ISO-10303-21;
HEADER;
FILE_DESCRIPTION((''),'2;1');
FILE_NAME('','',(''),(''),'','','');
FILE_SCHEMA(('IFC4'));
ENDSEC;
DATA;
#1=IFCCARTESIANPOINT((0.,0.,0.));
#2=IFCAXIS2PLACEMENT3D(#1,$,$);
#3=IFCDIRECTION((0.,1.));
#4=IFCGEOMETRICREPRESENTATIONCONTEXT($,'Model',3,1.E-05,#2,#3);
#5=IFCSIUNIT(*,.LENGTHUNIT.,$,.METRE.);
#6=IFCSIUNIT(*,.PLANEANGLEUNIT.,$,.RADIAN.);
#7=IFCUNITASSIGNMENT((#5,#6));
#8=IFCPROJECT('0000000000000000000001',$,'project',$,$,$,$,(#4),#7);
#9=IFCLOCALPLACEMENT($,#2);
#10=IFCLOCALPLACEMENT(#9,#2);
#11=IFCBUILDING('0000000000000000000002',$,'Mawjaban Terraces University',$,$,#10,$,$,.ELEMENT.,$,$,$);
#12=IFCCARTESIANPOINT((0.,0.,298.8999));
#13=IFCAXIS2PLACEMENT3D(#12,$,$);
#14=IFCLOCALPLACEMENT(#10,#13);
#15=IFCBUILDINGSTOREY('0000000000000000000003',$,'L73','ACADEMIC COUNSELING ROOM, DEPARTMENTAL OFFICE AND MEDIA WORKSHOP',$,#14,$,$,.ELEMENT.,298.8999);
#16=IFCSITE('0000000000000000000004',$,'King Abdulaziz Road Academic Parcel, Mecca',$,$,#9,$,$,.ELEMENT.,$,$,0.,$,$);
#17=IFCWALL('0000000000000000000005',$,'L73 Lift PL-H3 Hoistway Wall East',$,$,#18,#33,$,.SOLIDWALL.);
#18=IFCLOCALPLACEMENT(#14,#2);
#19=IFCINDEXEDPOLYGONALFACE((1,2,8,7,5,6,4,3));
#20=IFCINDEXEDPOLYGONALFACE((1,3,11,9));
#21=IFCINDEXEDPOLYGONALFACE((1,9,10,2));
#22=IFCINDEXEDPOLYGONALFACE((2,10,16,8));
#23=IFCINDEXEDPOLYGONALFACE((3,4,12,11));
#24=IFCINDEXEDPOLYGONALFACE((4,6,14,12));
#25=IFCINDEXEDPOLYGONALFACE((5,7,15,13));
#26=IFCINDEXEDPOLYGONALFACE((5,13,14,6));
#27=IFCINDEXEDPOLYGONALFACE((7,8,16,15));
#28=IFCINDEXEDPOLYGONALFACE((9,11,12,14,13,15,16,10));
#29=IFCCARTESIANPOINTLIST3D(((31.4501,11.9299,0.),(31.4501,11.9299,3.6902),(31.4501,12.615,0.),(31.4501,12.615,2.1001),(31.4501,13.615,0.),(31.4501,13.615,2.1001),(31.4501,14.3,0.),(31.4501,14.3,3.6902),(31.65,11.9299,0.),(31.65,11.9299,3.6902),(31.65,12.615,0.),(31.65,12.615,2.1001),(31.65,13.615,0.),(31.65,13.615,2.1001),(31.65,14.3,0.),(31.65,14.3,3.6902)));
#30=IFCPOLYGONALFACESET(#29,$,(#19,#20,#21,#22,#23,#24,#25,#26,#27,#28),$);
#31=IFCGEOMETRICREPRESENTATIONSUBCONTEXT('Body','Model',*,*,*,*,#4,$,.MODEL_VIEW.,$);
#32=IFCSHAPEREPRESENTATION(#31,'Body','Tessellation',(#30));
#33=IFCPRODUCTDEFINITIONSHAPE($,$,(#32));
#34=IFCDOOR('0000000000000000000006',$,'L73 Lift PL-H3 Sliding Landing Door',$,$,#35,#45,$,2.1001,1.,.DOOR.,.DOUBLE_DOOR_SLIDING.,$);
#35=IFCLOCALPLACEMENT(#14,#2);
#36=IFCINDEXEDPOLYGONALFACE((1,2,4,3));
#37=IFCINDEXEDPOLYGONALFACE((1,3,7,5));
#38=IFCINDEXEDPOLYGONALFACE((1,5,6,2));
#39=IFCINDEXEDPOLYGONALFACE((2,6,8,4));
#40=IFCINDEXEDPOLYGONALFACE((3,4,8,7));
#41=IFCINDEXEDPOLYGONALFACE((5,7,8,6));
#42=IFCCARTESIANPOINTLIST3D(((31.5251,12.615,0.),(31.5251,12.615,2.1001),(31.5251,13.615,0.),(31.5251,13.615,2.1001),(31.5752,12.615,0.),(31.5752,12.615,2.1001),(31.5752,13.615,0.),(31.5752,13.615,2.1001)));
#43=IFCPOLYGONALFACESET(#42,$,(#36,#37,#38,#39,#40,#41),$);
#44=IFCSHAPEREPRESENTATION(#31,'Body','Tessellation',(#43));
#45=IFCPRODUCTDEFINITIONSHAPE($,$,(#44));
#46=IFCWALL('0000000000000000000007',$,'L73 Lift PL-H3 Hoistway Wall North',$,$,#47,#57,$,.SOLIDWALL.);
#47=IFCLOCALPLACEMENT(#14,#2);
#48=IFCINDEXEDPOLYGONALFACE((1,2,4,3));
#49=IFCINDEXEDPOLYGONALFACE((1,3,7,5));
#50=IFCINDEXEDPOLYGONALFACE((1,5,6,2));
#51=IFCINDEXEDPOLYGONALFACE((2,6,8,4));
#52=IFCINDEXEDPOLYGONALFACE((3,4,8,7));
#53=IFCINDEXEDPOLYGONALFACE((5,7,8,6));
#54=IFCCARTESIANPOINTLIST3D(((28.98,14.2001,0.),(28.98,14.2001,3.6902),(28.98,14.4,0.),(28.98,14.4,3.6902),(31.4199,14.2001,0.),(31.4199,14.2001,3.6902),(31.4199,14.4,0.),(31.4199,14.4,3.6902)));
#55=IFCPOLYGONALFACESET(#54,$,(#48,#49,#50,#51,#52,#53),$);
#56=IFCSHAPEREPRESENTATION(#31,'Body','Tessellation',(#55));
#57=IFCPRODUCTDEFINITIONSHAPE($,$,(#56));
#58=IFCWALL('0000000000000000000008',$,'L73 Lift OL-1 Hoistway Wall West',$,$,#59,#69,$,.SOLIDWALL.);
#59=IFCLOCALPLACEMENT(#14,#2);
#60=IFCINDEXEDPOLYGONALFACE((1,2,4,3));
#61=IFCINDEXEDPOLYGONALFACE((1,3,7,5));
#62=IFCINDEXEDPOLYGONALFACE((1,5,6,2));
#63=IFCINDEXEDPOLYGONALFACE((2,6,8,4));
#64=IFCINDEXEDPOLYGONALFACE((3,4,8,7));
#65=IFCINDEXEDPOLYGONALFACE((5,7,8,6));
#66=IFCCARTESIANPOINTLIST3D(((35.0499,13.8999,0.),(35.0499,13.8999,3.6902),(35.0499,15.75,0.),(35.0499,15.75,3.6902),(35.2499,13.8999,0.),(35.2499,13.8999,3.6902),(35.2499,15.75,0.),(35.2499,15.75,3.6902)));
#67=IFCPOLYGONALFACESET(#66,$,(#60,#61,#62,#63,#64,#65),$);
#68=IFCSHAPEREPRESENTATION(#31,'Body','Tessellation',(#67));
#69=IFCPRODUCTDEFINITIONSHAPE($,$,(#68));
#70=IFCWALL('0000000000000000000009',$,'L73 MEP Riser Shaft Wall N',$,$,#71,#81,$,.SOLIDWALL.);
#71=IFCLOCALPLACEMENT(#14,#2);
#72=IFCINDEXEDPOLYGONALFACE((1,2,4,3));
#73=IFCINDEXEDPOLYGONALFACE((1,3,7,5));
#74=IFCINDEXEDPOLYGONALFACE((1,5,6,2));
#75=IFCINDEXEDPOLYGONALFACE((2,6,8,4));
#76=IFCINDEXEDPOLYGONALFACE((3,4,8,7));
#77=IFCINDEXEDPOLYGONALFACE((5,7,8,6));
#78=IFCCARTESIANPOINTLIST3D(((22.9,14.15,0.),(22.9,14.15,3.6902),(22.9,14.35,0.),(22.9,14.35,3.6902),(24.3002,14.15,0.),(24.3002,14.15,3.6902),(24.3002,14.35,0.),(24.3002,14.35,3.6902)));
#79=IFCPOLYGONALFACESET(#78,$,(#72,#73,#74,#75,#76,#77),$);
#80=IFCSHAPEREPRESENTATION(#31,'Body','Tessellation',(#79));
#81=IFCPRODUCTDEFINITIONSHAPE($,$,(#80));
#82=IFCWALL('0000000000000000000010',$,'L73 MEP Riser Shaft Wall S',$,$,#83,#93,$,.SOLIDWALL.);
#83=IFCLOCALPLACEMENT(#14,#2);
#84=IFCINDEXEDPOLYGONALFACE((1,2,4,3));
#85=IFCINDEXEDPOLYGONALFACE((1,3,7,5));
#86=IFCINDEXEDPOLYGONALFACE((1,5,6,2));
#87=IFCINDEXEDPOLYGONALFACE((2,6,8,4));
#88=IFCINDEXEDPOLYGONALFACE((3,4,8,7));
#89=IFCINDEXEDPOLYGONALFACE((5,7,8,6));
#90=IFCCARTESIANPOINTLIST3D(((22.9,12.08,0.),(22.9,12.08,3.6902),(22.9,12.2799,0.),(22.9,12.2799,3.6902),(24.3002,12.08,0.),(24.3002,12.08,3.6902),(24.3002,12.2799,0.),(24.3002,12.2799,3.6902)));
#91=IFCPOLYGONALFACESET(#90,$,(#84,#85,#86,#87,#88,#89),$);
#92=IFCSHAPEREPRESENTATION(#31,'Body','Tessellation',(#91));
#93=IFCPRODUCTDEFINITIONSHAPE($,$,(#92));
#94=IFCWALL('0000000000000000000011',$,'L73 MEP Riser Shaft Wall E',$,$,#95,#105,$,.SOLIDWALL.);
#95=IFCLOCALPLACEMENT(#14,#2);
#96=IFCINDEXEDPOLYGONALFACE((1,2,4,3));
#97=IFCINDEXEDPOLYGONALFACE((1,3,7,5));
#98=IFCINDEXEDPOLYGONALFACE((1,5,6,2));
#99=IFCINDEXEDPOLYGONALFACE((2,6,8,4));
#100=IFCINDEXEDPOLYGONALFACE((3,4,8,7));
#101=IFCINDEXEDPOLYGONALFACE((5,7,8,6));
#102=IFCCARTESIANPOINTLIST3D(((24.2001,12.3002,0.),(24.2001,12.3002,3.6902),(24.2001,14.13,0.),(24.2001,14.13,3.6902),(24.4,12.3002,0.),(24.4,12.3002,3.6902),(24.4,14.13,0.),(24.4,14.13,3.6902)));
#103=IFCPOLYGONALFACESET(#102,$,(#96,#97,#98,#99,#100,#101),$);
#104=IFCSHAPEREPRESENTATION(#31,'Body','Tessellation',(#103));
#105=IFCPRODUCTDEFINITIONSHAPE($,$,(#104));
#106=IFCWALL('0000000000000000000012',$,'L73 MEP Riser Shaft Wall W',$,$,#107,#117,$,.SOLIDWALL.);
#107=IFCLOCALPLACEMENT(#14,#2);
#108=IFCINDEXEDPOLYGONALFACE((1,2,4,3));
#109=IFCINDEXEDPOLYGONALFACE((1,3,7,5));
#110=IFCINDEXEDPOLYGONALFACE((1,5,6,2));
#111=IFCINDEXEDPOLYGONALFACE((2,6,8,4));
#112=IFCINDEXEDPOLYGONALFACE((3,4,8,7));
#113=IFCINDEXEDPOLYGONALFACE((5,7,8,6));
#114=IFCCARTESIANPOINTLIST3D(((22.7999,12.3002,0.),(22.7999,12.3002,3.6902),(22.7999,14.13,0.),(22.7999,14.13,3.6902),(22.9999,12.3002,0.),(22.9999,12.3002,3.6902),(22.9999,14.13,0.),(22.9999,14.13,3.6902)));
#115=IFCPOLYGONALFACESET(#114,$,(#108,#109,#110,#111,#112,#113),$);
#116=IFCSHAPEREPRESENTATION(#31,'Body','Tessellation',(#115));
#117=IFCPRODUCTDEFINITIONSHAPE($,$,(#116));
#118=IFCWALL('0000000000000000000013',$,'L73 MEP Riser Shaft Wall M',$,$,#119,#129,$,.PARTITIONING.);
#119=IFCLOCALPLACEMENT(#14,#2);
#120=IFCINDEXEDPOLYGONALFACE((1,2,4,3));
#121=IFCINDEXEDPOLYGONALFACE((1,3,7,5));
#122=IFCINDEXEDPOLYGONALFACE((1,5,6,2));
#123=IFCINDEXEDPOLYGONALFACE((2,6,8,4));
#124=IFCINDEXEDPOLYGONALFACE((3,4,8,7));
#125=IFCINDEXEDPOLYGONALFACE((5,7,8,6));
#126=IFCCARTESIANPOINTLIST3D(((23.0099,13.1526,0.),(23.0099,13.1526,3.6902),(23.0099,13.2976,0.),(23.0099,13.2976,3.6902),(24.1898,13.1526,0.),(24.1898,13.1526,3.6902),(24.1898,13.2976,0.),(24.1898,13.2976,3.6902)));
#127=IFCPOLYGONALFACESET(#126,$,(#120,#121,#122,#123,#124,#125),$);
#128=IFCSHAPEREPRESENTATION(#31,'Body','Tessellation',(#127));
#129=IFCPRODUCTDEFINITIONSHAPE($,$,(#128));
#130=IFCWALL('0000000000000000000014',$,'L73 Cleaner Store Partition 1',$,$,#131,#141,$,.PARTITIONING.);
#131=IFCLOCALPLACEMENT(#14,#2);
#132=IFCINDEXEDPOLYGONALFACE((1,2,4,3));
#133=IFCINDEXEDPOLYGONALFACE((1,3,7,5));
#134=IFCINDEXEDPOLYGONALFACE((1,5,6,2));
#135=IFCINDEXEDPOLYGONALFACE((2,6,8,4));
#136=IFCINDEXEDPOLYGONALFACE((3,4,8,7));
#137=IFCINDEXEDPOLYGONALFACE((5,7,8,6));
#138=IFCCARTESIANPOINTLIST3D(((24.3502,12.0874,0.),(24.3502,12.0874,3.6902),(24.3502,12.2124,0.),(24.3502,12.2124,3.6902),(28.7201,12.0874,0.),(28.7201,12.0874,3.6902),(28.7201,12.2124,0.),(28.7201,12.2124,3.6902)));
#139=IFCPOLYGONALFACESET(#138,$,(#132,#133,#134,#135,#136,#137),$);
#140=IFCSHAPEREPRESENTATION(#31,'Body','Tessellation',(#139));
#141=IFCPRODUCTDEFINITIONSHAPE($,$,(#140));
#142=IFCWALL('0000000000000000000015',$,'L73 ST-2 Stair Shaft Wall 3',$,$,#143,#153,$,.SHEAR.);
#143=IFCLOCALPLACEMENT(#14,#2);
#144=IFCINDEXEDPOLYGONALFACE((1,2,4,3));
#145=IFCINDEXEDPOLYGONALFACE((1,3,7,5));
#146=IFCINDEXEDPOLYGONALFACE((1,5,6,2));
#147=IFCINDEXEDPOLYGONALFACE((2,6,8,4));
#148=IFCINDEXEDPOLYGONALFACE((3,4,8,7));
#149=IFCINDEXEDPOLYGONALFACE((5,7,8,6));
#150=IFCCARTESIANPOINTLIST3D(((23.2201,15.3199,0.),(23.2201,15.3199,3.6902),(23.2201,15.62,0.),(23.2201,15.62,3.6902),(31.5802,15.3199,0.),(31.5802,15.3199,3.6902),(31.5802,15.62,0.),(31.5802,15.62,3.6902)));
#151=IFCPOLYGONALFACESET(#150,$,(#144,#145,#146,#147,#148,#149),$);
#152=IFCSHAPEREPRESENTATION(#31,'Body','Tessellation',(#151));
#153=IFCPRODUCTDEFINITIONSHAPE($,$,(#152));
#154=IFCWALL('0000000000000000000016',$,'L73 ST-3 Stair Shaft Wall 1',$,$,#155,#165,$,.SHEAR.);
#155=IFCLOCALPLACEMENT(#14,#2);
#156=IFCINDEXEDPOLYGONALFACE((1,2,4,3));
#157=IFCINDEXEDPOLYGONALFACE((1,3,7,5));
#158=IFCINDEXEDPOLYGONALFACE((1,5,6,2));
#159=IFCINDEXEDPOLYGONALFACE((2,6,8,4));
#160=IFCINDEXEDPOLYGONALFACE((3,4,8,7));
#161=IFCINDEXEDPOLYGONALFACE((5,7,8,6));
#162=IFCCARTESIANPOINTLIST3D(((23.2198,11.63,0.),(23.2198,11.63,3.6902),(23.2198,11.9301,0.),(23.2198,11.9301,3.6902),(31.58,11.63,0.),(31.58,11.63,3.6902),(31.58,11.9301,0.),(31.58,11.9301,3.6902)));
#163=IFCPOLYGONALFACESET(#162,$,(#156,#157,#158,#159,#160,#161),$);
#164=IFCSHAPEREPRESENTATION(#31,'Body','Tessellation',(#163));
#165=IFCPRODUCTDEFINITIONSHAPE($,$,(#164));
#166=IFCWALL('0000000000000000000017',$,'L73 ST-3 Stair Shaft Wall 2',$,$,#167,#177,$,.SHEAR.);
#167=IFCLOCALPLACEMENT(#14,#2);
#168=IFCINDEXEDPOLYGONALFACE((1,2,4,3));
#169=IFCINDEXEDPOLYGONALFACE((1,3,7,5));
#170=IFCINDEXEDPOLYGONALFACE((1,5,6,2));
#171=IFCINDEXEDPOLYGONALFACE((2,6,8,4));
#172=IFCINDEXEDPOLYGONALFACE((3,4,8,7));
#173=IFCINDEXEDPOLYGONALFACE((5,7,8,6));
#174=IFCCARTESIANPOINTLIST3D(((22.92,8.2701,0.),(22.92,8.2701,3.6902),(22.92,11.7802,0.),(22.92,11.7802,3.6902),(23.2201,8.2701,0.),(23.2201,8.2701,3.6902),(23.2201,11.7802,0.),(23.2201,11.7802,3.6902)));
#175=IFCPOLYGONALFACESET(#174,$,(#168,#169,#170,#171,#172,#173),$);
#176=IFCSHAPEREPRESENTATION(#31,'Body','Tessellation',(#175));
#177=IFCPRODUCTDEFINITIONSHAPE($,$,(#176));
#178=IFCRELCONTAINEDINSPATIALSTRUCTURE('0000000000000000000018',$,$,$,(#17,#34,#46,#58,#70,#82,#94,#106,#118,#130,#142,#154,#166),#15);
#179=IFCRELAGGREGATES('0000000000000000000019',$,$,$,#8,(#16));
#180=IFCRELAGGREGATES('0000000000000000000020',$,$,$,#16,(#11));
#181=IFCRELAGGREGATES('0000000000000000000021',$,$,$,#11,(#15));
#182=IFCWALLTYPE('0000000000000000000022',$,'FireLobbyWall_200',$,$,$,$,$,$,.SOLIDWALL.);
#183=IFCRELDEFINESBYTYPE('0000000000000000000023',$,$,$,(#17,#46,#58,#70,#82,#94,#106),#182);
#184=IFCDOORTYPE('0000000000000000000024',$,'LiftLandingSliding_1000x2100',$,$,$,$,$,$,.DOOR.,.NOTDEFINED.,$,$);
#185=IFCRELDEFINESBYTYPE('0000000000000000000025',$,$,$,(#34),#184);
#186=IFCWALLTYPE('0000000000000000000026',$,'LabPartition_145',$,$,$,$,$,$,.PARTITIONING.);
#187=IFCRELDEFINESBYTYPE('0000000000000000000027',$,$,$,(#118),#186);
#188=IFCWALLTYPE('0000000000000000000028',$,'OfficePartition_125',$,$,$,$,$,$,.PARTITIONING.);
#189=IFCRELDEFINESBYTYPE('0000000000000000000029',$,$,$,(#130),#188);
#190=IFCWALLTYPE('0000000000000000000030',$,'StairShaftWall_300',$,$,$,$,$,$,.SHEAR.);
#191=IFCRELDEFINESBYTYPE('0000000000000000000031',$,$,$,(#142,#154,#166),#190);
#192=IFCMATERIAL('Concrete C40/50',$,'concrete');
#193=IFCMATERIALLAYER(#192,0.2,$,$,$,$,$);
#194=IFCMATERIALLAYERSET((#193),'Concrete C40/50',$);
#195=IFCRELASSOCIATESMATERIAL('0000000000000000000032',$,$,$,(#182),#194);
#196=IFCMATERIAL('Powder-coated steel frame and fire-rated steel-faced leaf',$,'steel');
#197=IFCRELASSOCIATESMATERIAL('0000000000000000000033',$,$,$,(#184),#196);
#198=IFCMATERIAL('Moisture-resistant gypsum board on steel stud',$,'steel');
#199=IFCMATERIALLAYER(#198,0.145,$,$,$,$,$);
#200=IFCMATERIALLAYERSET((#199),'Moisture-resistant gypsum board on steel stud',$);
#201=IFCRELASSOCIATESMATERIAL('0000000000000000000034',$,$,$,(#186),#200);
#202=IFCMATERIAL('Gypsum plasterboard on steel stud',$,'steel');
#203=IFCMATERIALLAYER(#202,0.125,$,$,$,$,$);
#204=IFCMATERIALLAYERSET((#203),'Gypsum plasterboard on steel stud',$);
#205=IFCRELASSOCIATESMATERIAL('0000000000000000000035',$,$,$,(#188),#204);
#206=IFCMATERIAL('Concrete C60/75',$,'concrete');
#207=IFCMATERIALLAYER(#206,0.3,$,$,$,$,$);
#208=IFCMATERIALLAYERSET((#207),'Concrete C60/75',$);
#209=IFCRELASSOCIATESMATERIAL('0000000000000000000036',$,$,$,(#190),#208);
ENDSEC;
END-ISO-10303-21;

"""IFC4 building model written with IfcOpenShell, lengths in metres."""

from ifc_helpers import new_model, si_unit, direction, frame, frame_2d, origin, place, context, subcontext, project, spatial, rectangle, extrude, material, layer, layer_set, type_object, element, fill, save


model = new_model("IFC4")

# Units and contexts
model_context = context("Model", 3, precision=1e-05, world=origin(), true_north=direction((0.0, 1.0)))
body_context = subcontext(model_context, "Body", "Model", "MODEL_VIEW")
ifc_project = project(units=[si_unit("LENGTHUNIT", "METRE"), si_unit("PLANEANGLEUNIT", "RADIAN")], contexts=[model_context])

# Site, building, storey
site_placement = place(None, origin())
site = spatial("IfcSite", under=ifc_project, at=site_placement, Name="King Abdulaziz Road Academic Parcel, Mecca", CompositionType="ELEMENT", RefElevation=0.0)
building_placement = place(site_placement, origin())
building = spatial("IfcBuilding", under=site, at=building_placement, Name="Mawjaban Terraces University", CompositionType="ELEMENT")
storey_placement = place(building_placement, frame((0.0, 0.0, 298.8999)))
storey = spatial("IfcBuildingStorey", under=building, at=storey_placement, Name="L73", Description="ACADEMIC COUNSELING ROOM, DEPARTMENTAL OFFICE AND MEDIA WORKSHOP", CompositionType="ELEMENT", Elevation=298.8999)

# Shared definitions
ifc_material_1 = material(Name="Concrete C40/50", Category="concrete")
ifc_layer_1 = layer(ifc_material_1, 0.2)
ifc_layer_set_1 = layer_set([ifc_layer_1], Name="Concrete C40/50")
wall_type_1 = type_object("IfcWallType", Name="FireLobbyWall_200", PredefinedType="SOLIDWALL", material=ifc_layer_set_1)
ifc_material_2 = material(Name="Powder-coated steel frame and fire-rated steel-faced leaf", Category="steel")
door_type_1 = type_object("IfcDoorType", Name="LiftLandingSliding_1000x2100", OperationType="NOTDEFINED", PredefinedType="DOOR", material=ifc_material_2)

# Wall, opening, door
wall_1_placement = place(storey_placement, frame((31.55, 11.9299, 0.0), z_axis=(0.0, 0.0, 1.0), x_axis=(0.0, 1.0, 0.0)))
wall_1 = element("IfcWall", 1, at=wall_1_placement, inside=storey, type_object=wall_type_1, Name="L73 Lift PL-H3 Hoistway Wall East", PredefinedType="SOLIDWALL", context=body_context, shape_type="SweptSolid", body=[
    extrude(rectangle(XDim=2.3701, YDim=0.2, at=frame_2d((1.1851, 0.0))), origin(), (0.0, 0.0, 1.0), 3.6902),
])
opening_1_placement = place(wall_1_placement, frame((0.6851, 0.0, 0.0)))
opening_1 = element("IfcOpeningElement", 2, at=opening_1_placement, cuts=wall_1, PredefinedType="OPENING", context=body_context, shape_type="SweptSolid", body=[
    extrude(rectangle(XDim=1.0, YDim=2.1001, at=frame_2d((0.5, 1.05))), frame((0.0, 0.1099, 0.0), z_axis=(0.0, -1.0, 0.0), x_axis=(1.0, 0.0, 0.0)), (0.0, 0.0, 1.0), 0.22),
])
door_1_placement = place(opening_1_placement, origin())
door_1 = element("IfcDoor", 3, at=door_1_placement, inside=storey, type_object=door_type_1, Name="L73 Lift PL-H3 Sliding Landing Door", OperationType="DOUBLE_DOOR_SLIDING", OverallHeight=2.1001, OverallWidth=1.0, PredefinedType="DOOR", context=body_context, shape_type="SweptSolid", body=[
    extrude(rectangle(XDim=1.0, YDim=2.1001, at=frame_2d((0.5, 1.05))), frame((0.0, 0.0249, 0.0), z_axis=(0.0, -1.0, 0.0), x_axis=(1.0, 0.0, 0.0)), (0.0, 0.0, 1.0), 0.05),
])
fill(opening_1, door_1)

# Walls
wall_2_placement = place(storey_placement, frame((31.4199, 14.3, 0.0), z_axis=(0.0, 0.0, 1.0), x_axis=(-1.0, 0.0, 0.0)))
element("IfcWall", 4, at=wall_2_placement, inside=storey, type_object=wall_type_1, Name="L73 Lift PL-H3 Hoistway Wall North", PredefinedType="SOLIDWALL", context=body_context, shape_type="SweptSolid", body=[
    extrude(rectangle(XDim=2.4399, YDim=0.2, at=frame_2d((1.22, 0.0))), origin(), (0.0, 0.0, 1.0), 3.6902),
])
wall_3_placement = place(storey_placement, frame((35.1499, 15.75, 0.0), z_axis=(0.0, 0.0, 1.0), x_axis=(0.0, -1.0, 0.0)))
element("IfcWall", 5, at=wall_3_placement, inside=storey, type_object=wall_type_1, Name="L73 Lift OL-1 Hoistway Wall West", PredefinedType="SOLIDWALL", context=body_context, shape_type="SweptSolid", body=[
    extrude(rectangle(XDim=1.8501, YDim=0.2, at=frame_2d((0.925, 0.0))), origin(), (0.0, 0.0, 1.0), 3.6902),
])
for number, where, z_axis, x_axis, name in (
    (6, (22.8999, 14.25, 0.0), (0.0, 0.0, 1.0), (1.0, 0.0, 0.0), "L73 MEP Riser Shaft Wall N"),
    (7, (22.8999, 12.1799, 0.0), (0.0, 0.0, 1.0), (1.0, 0.0, 0.0), "L73 MEP Riser Shaft Wall S"),
):
    element("IfcWall", number, at=place(storey_placement, frame(where, z_axis=z_axis, x_axis=x_axis)), inside=storey, type_object=wall_type_1, Name=name, PredefinedType="SOLIDWALL", context=body_context, shape_type="SweptSolid", body=[
        extrude(rectangle(XDim=1.4001, YDim=0.2, at=frame_2d((0.7002, 0.0))), origin(), (0.0, 0.0, 1.0), 3.6902),
    ])
for number, where, z_axis, x_axis, name in (
    (8, (24.3, 12.3, 0.0), (0.0, 0.0, 1.0), (0.0, 1.0, 0.0), "L73 MEP Riser Shaft Wall E"),
    (9, (22.8999, 12.3, 0.0), (0.0, 0.0, 1.0), (0.0, 1.0, 0.0), "L73 MEP Riser Shaft Wall W"),
):
    element("IfcWall", number, at=place(storey_placement, frame(where, z_axis=z_axis, x_axis=x_axis)), inside=storey, type_object=wall_type_1, Name=name, PredefinedType="SOLIDWALL", context=body_context, shape_type="SweptSolid", body=[
        extrude(rectangle(XDim=1.8298, YDim=0.2, at=frame_2d((0.915, 0.0))), origin(), (0.0, 0.0, 1.0), 3.6902),
    ])
ifc_material_3 = material(Name="Moisture-resistant gypsum board on steel stud", Category="steel")
ifc_layer_2 = layer(ifc_material_3, 0.145)
ifc_layer_set_2 = layer_set([ifc_layer_2], Name="Moisture-resistant gypsum board on steel stud")
wall_type_2 = type_object("IfcWallType", Name="LabPartition_145", PredefinedType="PARTITIONING", material=ifc_layer_set_2)
wall_4_placement = place(storey_placement, frame((23.01, 13.2251, 0.0), z_axis=(0.0, 0.0, 1.0), x_axis=(1.0, 0.0, 0.0)))
element("IfcWall", 10, at=wall_4_placement, inside=storey, type_object=wall_type_2, Name="L73 MEP Riser Shaft Wall M", PredefinedType="PARTITIONING", context=body_context, shape_type="SweptSolid", body=[
    extrude(rectangle(XDim=1.1799, YDim=0.145, at=frame_2d((0.5898, 0.0))), origin(), (0.0, 0.0, 1.0), 3.6902),
])
ifc_material_4 = material(Name="Gypsum plasterboard on steel stud", Category="steel")
ifc_layer_3 = layer(ifc_material_4, 0.125)
ifc_layer_set_3 = layer_set([ifc_layer_3], Name="Gypsum plasterboard on steel stud")
wall_type_3 = type_object("IfcWallType", Name="OfficePartition_125", PredefinedType="PARTITIONING", material=ifc_layer_set_3)
wall_5_placement = place(storey_placement, frame((24.3501, 12.1499, 0.0), z_axis=(0.0, 0.0, 1.0), x_axis=(1.0, 0.0, 0.0)))
element("IfcWall", 11, at=wall_5_placement, inside=storey, type_object=wall_type_3, Name="L73 Cleaner Store Partition 1", PredefinedType="PARTITIONING", context=body_context, shape_type="SweptSolid", body=[
    extrude(rectangle(XDim=4.3699, YDim=0.125, at=frame_2d((2.1851, 0.0))), origin(), (0.0, 0.0, 1.0), 3.6902),
])
ifc_material_5 = material(Name="Concrete C60/75", Category="concrete")
ifc_layer_4 = layer(ifc_material_5, 0.3)
ifc_layer_set_4 = layer_set([ifc_layer_4], Name="Concrete C60/75")
wall_type_4 = type_object("IfcWallType", Name="StairShaftWall_300", PredefinedType="SHEAR", material=ifc_layer_set_4)
wall_6_placement = place(storey_placement, frame((23.22, 15.47, 0.0), z_axis=(0.0, 0.0, 1.0), x_axis=(1.0, 0.0, 0.0)))
element("IfcWall", 12, at=wall_6_placement, inside=storey, type_object=wall_type_4, Name="L73 ST-2 Stair Shaft Wall 3", PredefinedType="SHEAR", context=body_context, shape_type="SweptSolid", body=[
    extrude(rectangle(XDim=8.3601, YDim=0.3, at=frame_2d((4.1802, 0.0))), origin(), (0.0, 0.0, 1.0), 3.6902),
])

# Walls
wall_7_placement = place(storey_placement, frame((31.5801, 11.78, 0.0), z_axis=(0.0, 0.0, 1.0), x_axis=(-1.0, 0.0, 0.0)))
element("IfcWall", 13, at=wall_7_placement, inside=storey, type_object=wall_type_4, Name="L73 ST-3 Stair Shaft Wall 1", PredefinedType="SHEAR", context=body_context, shape_type="SweptSolid", body=[
    extrude(rectangle(XDim=8.3601, YDim=0.3, at=frame_2d((4.1802, 0.0))), origin(), (0.0, 0.0, 1.0), 3.6902),
])
wall_8_placement = place(storey_placement, frame((23.0701, 11.78, 0.0), z_axis=(0.0, 0.0, 1.0), x_axis=(0.0, -1.0, 0.0)))
element("IfcWall", 14, at=wall_8_placement, inside=storey, type_object=wall_type_4, Name="L73 ST-3 Stair Shaft Wall 2", PredefinedType="SHEAR", context=body_context, shape_type="SweptSolid", body=[
    extrude(rectangle(XDim=3.51, YDim=0.3, at=frame_2d((1.7549, 0.0))), origin(), (0.0, 0.0, 1.0), 3.6902),
])

save(model, "model.ifc")
